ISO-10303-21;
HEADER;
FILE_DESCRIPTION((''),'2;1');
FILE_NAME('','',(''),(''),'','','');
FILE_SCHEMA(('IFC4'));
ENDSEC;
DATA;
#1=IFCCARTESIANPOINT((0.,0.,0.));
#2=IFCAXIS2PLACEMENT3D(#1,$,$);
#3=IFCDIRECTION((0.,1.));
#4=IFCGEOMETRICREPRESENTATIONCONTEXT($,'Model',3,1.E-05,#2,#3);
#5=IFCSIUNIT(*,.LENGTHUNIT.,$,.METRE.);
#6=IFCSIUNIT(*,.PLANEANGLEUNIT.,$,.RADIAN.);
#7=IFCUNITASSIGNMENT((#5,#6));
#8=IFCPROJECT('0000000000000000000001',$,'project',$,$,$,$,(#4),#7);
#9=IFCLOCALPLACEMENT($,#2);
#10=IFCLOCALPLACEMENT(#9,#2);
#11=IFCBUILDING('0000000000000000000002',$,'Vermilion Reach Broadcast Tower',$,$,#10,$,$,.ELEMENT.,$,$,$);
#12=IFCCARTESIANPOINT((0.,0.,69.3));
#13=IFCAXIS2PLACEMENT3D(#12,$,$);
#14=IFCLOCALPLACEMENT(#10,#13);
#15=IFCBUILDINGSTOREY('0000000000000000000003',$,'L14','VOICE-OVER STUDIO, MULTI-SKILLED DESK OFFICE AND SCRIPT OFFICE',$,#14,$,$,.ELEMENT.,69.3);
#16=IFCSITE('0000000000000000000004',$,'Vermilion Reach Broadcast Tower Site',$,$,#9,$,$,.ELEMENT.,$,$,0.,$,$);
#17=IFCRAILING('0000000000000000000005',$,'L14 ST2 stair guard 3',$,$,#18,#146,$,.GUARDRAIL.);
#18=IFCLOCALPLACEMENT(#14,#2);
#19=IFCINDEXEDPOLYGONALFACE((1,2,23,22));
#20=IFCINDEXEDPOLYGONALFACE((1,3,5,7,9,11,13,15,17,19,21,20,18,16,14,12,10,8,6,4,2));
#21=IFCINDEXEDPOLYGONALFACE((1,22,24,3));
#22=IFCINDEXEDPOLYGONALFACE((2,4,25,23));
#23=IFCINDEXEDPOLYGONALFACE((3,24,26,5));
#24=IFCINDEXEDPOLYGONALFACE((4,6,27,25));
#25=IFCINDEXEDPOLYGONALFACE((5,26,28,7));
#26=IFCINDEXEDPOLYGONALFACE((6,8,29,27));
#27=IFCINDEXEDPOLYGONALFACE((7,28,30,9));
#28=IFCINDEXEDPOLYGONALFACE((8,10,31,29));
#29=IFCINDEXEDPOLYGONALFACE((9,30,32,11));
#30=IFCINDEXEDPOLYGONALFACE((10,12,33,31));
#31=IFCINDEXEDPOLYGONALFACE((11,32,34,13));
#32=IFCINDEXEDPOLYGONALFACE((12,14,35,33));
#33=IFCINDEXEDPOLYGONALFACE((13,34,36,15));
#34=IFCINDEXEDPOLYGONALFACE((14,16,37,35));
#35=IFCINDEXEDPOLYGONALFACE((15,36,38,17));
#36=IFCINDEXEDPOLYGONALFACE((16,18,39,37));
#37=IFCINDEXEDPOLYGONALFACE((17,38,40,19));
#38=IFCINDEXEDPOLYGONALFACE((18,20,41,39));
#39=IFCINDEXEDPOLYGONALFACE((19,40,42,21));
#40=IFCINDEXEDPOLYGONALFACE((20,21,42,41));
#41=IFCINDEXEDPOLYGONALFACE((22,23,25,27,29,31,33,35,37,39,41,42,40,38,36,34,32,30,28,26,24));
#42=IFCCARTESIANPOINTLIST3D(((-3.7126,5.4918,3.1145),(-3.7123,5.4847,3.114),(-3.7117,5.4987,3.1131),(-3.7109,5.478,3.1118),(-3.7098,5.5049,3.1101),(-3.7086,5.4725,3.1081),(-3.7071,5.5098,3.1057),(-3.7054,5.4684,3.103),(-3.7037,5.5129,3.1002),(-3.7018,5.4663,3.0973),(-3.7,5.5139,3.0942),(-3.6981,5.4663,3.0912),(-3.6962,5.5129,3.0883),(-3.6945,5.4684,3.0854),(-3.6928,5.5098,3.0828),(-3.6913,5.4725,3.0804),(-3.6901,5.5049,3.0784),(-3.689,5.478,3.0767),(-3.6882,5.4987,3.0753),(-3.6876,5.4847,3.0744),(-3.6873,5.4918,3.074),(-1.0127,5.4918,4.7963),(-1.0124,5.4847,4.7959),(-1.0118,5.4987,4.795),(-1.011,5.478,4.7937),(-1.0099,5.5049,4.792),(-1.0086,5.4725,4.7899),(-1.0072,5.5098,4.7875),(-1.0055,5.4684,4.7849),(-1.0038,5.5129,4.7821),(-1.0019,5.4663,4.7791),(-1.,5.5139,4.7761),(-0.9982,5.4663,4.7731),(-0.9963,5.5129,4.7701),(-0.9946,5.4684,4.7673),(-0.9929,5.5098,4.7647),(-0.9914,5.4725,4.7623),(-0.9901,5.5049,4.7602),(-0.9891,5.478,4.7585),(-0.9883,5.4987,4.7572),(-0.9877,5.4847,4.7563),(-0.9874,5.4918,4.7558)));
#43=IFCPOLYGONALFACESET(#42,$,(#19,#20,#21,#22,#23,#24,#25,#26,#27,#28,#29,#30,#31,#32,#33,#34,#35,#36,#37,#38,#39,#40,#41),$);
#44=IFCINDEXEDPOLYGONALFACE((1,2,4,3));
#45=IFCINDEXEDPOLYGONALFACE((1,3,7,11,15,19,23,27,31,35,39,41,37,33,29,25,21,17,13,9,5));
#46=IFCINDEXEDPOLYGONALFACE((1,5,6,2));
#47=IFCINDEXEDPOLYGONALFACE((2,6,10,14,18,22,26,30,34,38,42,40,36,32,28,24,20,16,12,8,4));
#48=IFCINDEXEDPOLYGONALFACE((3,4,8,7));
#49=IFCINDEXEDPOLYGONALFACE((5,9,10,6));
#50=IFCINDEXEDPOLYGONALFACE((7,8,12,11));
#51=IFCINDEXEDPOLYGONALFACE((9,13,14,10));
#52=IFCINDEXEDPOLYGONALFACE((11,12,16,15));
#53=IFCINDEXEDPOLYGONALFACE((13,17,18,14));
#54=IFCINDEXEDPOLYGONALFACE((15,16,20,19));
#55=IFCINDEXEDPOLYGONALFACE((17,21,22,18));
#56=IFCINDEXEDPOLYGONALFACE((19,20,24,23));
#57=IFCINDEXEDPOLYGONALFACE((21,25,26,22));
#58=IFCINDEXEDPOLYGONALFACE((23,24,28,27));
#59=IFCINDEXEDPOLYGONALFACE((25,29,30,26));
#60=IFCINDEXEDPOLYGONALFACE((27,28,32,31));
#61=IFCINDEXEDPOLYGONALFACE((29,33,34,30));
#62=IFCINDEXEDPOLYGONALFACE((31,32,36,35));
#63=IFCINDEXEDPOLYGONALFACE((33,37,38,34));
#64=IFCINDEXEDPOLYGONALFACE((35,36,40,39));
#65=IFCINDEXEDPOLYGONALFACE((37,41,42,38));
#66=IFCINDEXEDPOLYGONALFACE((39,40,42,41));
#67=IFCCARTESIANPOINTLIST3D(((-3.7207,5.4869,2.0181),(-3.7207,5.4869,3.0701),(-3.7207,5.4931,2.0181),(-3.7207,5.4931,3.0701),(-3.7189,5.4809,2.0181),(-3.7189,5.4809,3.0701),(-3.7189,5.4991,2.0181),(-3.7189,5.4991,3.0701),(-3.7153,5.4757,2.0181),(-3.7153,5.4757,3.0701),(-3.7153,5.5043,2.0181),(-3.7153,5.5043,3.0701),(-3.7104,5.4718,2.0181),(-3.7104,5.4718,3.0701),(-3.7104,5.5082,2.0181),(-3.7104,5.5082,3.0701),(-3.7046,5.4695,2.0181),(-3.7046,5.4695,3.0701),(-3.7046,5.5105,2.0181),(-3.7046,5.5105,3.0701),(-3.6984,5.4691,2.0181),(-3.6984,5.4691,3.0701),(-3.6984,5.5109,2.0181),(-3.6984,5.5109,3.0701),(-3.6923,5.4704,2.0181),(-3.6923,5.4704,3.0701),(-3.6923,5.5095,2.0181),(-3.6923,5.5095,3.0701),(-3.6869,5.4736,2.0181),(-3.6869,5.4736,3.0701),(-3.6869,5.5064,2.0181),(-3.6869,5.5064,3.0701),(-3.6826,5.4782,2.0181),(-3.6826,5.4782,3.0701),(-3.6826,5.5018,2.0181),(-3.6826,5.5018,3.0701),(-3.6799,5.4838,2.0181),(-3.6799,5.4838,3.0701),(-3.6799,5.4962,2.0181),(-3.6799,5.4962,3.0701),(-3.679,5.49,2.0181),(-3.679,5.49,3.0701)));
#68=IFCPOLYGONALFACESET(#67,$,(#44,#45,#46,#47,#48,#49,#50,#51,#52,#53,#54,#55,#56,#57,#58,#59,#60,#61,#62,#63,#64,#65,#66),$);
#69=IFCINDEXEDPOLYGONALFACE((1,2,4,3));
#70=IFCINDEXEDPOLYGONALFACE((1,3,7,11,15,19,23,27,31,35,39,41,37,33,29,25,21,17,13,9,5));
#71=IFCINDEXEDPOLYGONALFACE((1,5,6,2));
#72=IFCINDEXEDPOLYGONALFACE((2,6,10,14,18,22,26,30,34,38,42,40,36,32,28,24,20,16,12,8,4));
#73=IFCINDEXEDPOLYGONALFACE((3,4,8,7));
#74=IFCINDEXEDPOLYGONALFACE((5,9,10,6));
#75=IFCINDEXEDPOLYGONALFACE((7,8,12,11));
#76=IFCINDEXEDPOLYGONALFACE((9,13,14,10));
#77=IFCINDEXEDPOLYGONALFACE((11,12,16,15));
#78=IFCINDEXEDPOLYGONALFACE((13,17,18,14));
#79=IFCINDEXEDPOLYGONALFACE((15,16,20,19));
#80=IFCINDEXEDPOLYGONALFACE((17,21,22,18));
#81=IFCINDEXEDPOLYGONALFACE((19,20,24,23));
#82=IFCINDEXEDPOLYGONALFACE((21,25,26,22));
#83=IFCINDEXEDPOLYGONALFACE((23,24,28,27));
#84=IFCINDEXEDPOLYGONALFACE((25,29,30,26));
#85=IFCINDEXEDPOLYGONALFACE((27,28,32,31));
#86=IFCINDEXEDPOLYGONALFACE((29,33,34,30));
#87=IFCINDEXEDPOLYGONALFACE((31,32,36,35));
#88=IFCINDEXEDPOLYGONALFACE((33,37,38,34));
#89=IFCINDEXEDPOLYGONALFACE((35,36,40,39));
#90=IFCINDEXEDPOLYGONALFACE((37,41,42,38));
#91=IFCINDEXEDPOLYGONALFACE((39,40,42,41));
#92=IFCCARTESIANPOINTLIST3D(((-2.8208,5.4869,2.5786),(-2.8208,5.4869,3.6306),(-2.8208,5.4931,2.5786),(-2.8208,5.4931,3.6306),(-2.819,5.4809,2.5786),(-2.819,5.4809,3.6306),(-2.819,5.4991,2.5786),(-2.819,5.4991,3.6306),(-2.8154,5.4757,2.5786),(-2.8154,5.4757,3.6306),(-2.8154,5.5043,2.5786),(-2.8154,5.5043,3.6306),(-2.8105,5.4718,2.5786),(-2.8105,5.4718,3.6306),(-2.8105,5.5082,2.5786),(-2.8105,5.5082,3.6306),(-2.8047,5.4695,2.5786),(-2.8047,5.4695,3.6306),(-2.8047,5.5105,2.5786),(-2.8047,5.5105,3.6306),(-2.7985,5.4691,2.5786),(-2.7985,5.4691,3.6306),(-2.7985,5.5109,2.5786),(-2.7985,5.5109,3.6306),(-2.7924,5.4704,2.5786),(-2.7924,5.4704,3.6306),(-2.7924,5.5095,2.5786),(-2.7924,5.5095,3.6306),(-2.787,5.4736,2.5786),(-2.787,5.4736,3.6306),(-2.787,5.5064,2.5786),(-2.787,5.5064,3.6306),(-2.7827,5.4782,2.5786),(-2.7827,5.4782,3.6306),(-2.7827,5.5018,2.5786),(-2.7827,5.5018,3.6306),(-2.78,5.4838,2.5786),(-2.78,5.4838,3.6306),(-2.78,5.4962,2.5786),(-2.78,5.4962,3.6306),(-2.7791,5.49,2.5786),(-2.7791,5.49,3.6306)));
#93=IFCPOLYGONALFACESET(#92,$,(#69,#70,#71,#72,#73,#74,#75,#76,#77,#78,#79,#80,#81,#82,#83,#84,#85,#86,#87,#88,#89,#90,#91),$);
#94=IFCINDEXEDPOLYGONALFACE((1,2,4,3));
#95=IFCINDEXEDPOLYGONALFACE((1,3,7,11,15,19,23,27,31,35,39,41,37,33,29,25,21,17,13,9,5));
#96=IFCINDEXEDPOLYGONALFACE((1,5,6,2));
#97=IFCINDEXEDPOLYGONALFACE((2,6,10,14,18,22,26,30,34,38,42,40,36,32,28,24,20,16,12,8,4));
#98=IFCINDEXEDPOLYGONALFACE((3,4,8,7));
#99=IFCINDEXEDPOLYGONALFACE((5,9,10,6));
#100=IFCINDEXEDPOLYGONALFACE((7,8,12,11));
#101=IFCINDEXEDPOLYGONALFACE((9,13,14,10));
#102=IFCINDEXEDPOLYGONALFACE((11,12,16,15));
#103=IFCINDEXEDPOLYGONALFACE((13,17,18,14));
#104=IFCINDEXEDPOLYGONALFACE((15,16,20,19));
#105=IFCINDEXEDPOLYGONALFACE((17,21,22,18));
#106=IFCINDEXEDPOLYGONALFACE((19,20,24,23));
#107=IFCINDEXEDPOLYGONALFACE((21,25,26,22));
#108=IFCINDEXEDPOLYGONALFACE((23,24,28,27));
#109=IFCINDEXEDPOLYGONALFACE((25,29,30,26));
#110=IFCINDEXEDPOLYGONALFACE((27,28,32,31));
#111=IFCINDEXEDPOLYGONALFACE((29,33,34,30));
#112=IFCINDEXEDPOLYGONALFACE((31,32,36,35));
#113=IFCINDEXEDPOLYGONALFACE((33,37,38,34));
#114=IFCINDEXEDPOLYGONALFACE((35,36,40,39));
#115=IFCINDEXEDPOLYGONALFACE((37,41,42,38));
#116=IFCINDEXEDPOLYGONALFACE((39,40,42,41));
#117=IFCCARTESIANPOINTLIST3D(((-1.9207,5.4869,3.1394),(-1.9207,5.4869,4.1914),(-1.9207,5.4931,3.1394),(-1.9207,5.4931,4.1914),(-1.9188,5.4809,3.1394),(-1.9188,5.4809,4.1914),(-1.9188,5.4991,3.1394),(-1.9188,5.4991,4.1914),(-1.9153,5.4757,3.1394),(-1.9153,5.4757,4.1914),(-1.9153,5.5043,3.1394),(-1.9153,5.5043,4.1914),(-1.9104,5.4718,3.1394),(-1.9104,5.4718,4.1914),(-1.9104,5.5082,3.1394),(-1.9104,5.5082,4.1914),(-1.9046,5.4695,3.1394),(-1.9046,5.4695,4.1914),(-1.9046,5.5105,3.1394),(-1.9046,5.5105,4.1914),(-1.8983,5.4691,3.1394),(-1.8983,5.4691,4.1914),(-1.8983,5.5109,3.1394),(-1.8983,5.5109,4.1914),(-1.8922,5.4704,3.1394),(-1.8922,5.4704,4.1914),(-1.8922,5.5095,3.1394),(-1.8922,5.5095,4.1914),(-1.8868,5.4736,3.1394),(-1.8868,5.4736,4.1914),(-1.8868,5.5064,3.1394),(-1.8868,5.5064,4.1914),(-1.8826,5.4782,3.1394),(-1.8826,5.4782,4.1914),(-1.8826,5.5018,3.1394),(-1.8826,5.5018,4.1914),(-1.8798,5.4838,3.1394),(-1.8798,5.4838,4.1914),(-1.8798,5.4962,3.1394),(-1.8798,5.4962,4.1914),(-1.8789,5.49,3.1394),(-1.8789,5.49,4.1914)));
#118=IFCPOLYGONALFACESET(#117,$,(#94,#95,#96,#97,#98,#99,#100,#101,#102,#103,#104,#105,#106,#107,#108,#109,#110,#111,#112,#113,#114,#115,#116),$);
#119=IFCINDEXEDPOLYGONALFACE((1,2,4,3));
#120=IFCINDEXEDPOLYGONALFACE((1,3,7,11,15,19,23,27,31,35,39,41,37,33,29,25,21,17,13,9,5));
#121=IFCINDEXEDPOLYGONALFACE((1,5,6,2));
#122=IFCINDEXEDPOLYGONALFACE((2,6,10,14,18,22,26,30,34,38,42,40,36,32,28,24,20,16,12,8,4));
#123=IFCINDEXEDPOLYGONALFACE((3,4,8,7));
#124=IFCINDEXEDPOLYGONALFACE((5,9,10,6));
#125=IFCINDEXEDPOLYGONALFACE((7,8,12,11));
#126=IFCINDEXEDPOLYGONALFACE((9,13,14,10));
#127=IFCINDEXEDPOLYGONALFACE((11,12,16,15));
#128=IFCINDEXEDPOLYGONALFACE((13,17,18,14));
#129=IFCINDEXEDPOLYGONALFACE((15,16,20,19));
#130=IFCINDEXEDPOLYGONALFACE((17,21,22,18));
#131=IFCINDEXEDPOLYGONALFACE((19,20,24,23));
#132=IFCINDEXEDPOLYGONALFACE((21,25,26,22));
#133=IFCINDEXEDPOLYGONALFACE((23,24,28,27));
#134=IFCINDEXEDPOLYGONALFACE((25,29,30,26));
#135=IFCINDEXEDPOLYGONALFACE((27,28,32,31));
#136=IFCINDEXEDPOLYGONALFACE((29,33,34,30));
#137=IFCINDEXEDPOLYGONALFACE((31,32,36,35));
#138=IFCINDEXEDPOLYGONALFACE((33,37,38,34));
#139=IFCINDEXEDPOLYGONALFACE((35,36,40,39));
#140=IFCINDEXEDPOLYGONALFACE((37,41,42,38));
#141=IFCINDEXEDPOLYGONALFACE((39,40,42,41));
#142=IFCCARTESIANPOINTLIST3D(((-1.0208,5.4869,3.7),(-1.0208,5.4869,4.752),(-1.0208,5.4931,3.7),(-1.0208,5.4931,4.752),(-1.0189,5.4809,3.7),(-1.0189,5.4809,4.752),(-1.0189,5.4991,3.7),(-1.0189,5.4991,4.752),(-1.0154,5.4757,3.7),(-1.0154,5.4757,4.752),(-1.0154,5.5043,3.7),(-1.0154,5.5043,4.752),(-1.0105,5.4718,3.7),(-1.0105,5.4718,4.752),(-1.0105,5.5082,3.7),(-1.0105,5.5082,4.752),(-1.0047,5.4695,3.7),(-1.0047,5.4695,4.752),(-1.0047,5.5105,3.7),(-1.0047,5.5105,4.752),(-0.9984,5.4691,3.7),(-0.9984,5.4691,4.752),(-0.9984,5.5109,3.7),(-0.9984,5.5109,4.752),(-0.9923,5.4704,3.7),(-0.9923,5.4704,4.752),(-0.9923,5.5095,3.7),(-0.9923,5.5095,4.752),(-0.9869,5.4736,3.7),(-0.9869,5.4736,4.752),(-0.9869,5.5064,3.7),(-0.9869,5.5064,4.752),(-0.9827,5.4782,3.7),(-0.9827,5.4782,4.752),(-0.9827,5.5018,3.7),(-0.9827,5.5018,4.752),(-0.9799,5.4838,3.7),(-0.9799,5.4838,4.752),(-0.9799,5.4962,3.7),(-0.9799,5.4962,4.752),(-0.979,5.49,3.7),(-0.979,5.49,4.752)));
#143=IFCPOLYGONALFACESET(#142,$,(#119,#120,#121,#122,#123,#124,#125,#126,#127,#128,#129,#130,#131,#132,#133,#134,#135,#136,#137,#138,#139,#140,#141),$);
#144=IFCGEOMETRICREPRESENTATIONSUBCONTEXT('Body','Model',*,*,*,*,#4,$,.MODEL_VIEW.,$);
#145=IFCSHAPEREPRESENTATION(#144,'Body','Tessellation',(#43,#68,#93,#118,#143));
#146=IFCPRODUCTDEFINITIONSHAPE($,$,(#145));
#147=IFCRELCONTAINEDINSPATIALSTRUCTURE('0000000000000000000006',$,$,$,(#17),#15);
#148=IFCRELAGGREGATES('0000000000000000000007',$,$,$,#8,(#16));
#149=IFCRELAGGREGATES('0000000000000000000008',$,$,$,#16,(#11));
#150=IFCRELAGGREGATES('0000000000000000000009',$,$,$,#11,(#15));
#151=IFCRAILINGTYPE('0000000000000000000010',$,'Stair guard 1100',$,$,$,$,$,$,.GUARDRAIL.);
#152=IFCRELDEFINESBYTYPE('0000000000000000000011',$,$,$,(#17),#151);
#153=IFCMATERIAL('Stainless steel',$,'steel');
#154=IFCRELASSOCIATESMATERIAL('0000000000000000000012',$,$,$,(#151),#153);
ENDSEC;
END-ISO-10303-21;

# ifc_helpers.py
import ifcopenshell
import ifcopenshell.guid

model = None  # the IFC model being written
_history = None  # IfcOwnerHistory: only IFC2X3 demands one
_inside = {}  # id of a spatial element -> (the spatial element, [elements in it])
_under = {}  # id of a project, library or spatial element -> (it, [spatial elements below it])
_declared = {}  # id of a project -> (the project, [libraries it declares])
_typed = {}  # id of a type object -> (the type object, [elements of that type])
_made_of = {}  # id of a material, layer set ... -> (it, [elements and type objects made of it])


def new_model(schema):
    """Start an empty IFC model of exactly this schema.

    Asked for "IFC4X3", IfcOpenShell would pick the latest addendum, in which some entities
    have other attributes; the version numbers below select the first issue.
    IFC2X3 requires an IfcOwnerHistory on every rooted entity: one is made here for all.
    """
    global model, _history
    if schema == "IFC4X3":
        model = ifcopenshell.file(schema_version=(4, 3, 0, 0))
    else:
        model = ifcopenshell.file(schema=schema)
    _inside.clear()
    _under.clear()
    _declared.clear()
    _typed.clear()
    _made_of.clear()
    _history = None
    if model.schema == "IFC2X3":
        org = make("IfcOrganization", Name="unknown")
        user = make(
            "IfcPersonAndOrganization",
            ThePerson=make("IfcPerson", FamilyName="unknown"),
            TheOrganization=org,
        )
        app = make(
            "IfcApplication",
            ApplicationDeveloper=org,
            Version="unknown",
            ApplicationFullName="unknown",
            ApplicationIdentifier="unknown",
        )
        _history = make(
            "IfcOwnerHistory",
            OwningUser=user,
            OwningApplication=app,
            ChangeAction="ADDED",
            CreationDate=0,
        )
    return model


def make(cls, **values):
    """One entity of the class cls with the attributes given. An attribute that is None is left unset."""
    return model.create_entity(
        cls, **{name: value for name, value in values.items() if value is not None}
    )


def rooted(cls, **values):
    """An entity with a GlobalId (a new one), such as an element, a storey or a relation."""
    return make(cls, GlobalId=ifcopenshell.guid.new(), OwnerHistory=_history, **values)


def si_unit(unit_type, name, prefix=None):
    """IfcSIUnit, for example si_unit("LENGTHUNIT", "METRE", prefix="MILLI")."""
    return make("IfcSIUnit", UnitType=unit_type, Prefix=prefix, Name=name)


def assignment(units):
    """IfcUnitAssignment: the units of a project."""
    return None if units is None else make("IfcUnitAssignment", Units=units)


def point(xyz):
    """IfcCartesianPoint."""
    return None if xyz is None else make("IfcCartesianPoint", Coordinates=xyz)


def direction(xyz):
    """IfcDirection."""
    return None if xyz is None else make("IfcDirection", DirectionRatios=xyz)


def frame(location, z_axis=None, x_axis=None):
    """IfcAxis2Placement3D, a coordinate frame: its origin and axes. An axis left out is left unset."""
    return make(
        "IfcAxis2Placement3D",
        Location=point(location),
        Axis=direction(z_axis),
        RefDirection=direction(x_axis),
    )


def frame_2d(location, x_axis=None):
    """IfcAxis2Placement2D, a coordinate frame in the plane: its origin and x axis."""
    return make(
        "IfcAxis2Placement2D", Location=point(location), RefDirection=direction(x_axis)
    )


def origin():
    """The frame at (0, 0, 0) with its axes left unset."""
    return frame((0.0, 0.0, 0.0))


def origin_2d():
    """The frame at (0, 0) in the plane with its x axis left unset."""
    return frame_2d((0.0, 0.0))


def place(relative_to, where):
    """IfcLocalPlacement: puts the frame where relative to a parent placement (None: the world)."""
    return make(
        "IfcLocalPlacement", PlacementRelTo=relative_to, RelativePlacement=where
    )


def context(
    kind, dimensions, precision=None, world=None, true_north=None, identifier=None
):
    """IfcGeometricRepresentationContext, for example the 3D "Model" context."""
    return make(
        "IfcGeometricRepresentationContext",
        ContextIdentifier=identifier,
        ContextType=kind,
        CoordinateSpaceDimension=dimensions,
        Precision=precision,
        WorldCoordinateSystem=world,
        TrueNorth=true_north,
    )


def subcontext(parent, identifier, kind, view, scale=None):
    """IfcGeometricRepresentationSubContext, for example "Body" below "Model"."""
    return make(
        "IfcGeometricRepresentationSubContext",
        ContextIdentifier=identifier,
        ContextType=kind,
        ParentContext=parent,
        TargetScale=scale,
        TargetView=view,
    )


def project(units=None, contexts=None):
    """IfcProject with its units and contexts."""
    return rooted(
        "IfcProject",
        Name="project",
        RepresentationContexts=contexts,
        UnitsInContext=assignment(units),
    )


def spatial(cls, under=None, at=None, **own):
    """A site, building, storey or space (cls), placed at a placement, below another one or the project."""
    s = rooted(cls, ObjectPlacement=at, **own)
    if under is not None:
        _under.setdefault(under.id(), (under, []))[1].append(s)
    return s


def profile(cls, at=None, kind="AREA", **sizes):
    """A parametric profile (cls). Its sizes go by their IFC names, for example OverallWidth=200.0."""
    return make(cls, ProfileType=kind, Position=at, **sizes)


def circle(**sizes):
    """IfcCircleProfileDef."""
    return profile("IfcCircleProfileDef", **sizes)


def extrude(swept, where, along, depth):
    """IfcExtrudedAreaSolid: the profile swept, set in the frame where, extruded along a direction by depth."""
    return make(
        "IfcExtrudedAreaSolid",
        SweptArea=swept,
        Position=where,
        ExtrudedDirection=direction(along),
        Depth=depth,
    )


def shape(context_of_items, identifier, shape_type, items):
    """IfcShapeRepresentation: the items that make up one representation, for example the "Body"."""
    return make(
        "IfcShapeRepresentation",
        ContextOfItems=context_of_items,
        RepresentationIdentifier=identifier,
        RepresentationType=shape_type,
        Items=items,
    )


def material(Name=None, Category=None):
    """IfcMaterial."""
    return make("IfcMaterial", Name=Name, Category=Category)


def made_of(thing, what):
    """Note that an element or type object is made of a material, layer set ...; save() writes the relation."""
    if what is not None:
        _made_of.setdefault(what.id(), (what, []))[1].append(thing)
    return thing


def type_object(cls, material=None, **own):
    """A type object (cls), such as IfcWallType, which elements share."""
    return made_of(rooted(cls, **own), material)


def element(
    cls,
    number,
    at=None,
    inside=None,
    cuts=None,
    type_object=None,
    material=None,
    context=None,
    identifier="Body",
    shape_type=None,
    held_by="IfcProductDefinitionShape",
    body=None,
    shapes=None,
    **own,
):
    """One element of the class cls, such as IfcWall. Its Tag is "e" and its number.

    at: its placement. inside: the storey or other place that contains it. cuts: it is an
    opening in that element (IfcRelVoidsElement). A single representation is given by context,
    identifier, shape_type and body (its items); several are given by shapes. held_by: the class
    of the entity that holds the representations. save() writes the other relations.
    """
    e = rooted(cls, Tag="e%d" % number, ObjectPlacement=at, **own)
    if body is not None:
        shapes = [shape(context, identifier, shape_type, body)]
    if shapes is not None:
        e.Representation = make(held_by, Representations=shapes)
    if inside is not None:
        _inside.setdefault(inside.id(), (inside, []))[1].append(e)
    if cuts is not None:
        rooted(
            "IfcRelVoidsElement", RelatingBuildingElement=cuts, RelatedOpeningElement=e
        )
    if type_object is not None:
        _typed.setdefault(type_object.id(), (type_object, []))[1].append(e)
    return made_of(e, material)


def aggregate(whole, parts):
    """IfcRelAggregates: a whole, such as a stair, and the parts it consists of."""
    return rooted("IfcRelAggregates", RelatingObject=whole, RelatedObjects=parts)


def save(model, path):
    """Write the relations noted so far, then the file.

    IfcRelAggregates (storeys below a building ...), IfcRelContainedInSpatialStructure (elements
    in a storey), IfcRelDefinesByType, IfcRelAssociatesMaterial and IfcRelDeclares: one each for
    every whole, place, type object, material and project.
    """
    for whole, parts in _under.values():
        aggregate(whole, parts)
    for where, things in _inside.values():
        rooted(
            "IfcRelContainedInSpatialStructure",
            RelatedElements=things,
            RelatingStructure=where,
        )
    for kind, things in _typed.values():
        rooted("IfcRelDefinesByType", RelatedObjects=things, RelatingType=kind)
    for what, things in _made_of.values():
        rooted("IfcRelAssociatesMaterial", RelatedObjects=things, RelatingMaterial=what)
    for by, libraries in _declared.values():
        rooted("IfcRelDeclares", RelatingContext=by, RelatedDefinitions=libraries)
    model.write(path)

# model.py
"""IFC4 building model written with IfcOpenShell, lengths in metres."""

from ifc_helpers import new_model, si_unit, direction, frame, origin, origin_2d, place, context, subcontext, project, spatial, circle, extrude, material, type_object, element, save


model = new_model("IFC4")

# Units and contexts
model_context = context("Model", 3, precision=1e-05, world=origin(), true_north=direction((0.0, 1.0)))
body_context = subcontext(model_context, "Body", "Model", "MODEL_VIEW")
ifc_project = project(units=[si_unit("LENGTHUNIT", "METRE"), si_unit("PLANEANGLEUNIT", "RADIAN")], contexts=[model_context])

# Site, building, storey
site_placement = place(None, origin())
site = spatial("IfcSite", under=ifc_project, at=site_placement, Name="Vermilion Reach Broadcast Tower Site", CompositionType="ELEMENT", RefElevation=0.0)
building_placement = place(site_placement, origin())
building = spatial("IfcBuilding", under=site, at=building_placement, Name="Vermilion Reach Broadcast Tower", CompositionType="ELEMENT")
storey_placement = place(building_placement, frame((0.0, 0.0, 69.3)))
storey = spatial("IfcBuildingStorey", under=building, at=storey_placement, Name="L14", Description="VOICE-OVER STUDIO, MULTI-SKILLED DESK OFFICE AND SCRIPT OFFICE", CompositionType="ELEMENT", Elevation=69.3)

# Railing
ifc_material_1 = material(Name="Stainless steel", Category="steel")
railing_type_1 = type_object("IfcRailingType", Name="Stair guard 1100", PredefinedType="GUARDRAIL", material=ifc_material_1)
railing_1_placement = place(storey_placement, frame((-3.7, 5.49, 2.0181)))
element("IfcRailing", 1, at=railing_1_placement, inside=storey, type_object=railing_type_1, Name="L14 ST2 stair guard 3", PredefinedType="GUARDRAIL", context=body_context, shape_type="SweptSolid", body=[
    extrude(circle(Radius=0.0239, at=origin_2d()), frame((0.0, 0.0, 1.0762), z_axis=(0.848786, 0.0, 0.528736), x_axis=(0.0, 1.0, 0.0)), (0.0, 0.0, 1.0), 3.1809),
    extrude(circle(Radius=0.021, at=origin_2d()), origin(), (0.0, 0.0, 1.0), 1.052),
    extrude(circle(Radius=0.021, at=origin_2d()), frame((0.8999, 0.0, 0.5605)), (0.0, 0.0, 1.0), 1.052),
    extrude(circle(Radius=0.021, at=origin_2d()), frame((1.8, 0.0, 1.1213)), (0.0, 0.0, 1.0), 1.052),
    extrude(circle(Radius=0.021, at=origin_2d()), frame((2.7, 0.0, 1.6819)), (0.0, 0.0, 1.0), 1.052),
])

save(model, "model.ifc")
